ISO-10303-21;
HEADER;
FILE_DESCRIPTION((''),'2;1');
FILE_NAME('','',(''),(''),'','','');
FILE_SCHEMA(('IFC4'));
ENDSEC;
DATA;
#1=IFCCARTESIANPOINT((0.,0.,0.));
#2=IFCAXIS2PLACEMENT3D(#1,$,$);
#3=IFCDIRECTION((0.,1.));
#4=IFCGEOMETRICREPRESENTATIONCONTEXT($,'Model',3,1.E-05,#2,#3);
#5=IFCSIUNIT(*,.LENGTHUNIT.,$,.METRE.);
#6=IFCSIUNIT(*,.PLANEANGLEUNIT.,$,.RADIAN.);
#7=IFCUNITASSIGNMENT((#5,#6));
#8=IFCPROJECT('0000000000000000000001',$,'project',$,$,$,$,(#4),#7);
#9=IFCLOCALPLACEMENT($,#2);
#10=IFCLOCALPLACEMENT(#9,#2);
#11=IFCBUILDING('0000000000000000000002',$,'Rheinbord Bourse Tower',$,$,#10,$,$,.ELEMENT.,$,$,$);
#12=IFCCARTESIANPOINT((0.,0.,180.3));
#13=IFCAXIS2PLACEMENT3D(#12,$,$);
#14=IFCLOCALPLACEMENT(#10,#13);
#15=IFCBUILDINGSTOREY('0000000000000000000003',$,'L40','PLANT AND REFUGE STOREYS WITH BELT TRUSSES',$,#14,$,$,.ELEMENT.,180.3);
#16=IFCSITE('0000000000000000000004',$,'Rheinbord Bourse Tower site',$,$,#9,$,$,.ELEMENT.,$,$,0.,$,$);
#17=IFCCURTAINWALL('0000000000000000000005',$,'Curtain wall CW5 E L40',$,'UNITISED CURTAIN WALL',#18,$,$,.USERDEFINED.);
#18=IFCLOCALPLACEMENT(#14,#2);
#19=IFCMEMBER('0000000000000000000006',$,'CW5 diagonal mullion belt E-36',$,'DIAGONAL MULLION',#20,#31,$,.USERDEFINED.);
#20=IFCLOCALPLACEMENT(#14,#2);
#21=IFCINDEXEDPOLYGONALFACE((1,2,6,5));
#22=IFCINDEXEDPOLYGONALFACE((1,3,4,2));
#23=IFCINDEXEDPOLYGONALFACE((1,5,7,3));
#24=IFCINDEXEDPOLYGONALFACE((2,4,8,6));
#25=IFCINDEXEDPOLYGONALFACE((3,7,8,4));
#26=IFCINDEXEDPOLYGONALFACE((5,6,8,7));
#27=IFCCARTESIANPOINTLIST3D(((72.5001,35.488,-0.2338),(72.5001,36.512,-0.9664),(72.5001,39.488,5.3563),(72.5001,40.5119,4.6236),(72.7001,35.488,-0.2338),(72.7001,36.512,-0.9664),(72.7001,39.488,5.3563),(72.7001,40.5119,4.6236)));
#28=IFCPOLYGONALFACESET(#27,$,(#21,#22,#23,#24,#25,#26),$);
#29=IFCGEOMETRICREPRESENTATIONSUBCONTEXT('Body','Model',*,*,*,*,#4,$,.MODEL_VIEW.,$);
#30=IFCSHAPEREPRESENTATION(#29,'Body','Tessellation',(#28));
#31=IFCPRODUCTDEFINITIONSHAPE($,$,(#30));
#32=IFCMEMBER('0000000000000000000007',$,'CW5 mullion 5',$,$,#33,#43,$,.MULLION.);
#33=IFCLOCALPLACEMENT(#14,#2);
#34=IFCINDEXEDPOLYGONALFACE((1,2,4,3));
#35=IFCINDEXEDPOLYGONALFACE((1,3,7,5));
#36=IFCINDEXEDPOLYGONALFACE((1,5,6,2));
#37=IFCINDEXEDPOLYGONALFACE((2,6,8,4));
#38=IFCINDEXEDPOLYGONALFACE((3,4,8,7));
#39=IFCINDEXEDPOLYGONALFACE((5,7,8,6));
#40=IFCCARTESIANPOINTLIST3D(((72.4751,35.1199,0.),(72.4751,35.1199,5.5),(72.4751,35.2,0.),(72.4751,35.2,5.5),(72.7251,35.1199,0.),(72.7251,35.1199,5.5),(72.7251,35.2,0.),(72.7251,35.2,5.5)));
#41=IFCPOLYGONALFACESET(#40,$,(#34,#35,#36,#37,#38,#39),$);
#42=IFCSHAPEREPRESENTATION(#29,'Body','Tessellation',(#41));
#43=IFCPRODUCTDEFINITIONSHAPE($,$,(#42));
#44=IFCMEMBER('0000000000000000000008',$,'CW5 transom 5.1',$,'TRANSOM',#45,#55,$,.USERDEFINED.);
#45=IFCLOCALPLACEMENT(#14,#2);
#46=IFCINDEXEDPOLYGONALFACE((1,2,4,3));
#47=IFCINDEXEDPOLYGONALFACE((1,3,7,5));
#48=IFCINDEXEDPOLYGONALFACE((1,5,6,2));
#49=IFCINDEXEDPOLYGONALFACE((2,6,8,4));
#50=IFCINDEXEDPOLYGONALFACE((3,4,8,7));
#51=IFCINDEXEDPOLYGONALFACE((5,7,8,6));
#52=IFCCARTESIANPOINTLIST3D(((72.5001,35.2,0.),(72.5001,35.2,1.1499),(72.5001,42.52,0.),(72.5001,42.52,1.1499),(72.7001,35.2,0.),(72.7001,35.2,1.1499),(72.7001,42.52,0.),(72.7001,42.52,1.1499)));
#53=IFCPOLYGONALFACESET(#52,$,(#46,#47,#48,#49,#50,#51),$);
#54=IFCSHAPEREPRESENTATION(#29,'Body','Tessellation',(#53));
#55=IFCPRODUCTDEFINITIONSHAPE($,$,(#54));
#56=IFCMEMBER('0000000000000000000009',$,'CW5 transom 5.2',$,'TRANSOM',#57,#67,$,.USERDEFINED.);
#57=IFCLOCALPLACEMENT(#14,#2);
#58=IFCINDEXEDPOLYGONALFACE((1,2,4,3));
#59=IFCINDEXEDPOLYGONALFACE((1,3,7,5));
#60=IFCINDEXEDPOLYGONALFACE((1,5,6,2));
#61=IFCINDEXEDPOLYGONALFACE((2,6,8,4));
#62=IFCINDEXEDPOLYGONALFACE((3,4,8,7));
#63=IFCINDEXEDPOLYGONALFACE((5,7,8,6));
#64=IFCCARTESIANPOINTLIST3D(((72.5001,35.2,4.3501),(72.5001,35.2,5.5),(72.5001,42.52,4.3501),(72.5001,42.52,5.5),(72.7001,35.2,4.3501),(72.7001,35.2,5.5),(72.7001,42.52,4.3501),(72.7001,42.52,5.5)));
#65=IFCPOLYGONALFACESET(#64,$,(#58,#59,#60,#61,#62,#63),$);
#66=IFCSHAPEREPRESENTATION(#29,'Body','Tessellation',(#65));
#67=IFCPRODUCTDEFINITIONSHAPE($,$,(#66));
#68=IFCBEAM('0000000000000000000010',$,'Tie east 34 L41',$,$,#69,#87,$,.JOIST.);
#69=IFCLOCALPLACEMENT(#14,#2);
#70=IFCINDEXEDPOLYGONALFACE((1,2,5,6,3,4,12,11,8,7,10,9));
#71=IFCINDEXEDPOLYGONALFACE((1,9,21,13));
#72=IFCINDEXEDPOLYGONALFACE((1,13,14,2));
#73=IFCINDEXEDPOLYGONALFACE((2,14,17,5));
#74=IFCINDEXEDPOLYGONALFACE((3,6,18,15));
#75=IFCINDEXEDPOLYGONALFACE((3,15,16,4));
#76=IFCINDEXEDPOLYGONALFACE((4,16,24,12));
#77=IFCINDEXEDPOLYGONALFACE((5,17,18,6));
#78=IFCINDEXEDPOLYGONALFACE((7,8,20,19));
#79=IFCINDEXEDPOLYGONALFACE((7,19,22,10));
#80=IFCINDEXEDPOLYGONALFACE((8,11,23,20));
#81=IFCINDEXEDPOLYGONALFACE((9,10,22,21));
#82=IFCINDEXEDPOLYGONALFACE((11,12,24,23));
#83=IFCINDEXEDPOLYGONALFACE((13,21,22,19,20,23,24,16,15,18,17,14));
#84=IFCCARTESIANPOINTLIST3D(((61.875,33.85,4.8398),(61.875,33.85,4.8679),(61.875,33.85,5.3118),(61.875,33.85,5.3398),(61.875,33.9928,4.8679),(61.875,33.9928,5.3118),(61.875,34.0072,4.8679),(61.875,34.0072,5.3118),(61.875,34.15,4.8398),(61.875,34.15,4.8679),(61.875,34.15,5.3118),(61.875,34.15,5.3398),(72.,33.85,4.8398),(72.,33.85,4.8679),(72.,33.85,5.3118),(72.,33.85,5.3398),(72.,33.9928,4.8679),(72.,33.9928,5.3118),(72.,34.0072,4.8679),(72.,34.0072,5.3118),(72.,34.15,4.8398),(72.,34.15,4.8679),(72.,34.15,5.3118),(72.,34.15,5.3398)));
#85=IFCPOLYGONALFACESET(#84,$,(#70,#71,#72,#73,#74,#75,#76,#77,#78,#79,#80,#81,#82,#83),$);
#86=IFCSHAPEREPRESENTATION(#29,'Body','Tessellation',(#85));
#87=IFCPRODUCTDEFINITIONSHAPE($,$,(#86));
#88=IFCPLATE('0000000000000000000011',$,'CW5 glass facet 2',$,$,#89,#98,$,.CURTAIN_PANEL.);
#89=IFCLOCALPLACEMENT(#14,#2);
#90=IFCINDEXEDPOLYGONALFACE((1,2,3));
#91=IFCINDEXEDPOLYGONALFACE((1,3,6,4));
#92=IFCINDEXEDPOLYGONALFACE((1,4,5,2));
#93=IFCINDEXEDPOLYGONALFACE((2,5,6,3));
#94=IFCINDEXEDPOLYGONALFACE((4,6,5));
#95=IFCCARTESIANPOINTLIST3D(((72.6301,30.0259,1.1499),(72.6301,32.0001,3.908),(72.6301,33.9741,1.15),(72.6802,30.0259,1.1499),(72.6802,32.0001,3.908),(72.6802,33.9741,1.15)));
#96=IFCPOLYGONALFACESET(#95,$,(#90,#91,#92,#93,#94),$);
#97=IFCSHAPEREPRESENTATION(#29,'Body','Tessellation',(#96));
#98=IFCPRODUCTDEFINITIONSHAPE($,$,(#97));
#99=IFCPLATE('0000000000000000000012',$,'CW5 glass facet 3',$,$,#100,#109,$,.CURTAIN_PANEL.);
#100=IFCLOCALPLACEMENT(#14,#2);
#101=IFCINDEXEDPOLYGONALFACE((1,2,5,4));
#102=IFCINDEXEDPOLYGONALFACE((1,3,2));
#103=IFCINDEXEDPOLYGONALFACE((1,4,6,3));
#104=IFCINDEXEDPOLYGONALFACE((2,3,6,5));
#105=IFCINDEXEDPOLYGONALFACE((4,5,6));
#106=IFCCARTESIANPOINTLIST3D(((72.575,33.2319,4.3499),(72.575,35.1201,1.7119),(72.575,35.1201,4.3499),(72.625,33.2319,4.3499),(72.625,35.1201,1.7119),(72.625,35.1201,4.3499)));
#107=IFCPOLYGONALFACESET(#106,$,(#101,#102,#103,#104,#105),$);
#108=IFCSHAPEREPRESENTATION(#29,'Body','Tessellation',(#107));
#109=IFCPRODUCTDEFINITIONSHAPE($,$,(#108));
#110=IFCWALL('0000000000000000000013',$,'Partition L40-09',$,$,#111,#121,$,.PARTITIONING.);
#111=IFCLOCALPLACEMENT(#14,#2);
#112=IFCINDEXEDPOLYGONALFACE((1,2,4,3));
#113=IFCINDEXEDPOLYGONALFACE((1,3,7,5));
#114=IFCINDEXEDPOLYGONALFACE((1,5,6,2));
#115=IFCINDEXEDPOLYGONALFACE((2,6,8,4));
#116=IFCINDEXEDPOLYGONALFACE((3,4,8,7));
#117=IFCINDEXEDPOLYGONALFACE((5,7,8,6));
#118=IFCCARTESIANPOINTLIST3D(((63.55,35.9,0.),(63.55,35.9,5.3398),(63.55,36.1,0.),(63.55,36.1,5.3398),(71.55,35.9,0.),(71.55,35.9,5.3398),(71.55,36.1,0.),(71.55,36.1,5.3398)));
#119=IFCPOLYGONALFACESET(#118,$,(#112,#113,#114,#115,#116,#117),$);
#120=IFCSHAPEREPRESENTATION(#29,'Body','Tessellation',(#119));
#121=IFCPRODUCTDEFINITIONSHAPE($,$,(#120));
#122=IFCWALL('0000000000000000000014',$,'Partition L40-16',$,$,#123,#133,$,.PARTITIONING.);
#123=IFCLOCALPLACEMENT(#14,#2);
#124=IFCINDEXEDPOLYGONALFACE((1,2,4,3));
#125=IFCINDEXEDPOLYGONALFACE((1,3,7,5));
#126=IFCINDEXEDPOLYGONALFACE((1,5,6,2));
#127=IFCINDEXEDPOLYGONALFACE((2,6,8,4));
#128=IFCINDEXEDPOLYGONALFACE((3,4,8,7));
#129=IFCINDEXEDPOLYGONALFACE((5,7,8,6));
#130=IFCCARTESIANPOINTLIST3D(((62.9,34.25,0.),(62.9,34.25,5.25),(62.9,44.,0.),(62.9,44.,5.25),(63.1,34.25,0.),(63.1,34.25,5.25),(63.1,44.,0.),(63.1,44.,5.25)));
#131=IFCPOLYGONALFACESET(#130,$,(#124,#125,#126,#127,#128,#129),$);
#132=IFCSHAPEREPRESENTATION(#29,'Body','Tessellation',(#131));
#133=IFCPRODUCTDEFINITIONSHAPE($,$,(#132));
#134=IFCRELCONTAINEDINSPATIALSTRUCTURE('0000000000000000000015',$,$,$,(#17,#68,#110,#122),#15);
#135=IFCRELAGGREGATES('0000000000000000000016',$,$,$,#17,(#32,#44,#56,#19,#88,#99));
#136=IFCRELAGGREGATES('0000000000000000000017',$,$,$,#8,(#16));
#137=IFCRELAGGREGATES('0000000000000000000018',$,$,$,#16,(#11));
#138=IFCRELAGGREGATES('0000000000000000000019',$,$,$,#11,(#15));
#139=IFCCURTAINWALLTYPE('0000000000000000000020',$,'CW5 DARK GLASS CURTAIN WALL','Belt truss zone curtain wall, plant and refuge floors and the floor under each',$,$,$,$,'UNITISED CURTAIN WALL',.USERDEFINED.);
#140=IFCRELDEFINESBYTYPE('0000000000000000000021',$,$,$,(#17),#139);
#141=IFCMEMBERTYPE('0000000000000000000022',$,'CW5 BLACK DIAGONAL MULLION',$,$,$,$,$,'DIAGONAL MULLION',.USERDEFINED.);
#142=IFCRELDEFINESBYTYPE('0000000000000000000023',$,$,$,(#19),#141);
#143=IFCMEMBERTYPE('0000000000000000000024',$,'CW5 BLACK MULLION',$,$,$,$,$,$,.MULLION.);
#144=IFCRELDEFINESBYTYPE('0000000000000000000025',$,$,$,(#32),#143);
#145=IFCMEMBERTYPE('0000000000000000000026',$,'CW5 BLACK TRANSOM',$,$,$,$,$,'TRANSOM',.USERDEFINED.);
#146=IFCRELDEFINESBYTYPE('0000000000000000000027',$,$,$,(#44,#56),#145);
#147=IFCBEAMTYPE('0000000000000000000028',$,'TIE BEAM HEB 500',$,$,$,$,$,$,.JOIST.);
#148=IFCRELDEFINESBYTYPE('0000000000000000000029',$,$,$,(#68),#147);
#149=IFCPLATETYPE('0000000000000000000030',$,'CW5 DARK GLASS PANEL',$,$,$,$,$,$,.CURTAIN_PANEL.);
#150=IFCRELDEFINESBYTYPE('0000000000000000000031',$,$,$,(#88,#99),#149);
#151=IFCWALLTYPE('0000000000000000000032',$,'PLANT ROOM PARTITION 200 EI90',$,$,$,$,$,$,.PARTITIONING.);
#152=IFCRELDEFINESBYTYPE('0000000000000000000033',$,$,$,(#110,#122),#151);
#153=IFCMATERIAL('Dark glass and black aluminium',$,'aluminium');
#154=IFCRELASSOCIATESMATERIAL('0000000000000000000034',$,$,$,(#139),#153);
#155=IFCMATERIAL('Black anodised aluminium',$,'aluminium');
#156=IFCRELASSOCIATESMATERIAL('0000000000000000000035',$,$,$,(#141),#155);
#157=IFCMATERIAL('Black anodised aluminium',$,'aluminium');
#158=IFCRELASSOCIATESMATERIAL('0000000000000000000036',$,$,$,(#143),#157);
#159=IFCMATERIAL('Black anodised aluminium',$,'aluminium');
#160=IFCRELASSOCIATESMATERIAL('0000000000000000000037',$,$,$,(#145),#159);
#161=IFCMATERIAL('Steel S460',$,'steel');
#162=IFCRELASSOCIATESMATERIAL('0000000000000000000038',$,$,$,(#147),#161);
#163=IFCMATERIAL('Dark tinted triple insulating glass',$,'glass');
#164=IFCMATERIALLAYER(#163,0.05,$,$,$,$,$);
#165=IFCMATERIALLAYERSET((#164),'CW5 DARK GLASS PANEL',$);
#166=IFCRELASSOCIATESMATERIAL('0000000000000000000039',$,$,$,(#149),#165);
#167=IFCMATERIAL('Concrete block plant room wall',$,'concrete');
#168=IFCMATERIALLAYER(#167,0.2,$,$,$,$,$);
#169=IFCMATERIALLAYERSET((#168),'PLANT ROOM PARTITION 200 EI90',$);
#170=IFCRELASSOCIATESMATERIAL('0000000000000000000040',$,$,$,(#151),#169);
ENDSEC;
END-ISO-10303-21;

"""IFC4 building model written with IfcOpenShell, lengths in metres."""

from ifc_helpers import new_model, si_unit, direction, frame, frame_2d, origin, origin_2d, place, context, subcontext, project, spatial, polyline, rectangle, i_section, outline, extrude, material, layer, layer_set, material_profile, profile_set, type_object, element, aggregate, save


model = new_model("IFC4")

# Units and contexts
model_context = context("Model", 3, precision=1e-05, world=origin(), true_north=direction((0.0, 1.0)))
body_context = subcontext(model_context, "Body", "Model", "MODEL_VIEW")
ifc_project = project(units=[si_unit("LENGTHUNIT", "METRE"), si_unit("PLANEANGLEUNIT", "RADIAN")], contexts=[model_context])

# Site, building, storey
site_placement = place(None, origin())
site = spatial("IfcSite", under=ifc_project, at=site_placement, Name="Rheinbord Bourse Tower site", CompositionType="ELEMENT", RefElevation=0.0)
building_placement = place(site_placement, origin())
building = spatial("IfcBuilding", under=site, at=building_placement, Name="Rheinbord Bourse Tower", CompositionType="ELEMENT")
storey_placement = place(building_placement, frame((0.0, 0.0, 180.3)))
storey = spatial("IfcBuildingStorey", under=building, at=storey_placement, Name="L40", Description="PLANT AND REFUGE STOREYS WITH BELT TRUSSES", CompositionType="ELEMENT", Elevation=180.3)

# Curtain wall, members
ifc_material_1 = material(Name="Dark glass and black aluminium", Category="aluminium")
curtain_wall_type = type_object("IfcCurtainWallType", Name="CW5 DARK GLASS CURTAIN WALL", Description="Belt truss zone curtain wall, plant and refuge floors and the floor under each", ElementType="UNITISED CURTAIN WALL", PredefinedType="USERDEFINED", material=ifc_material_1)
curtain_wall_placement = place(storey_placement, origin())
curtain_wall = element("IfcCurtainWall", 1, at=curtain_wall_placement, inside=storey, type_object=curtain_wall_type, Name="Curtain wall CW5 E L40", ObjectType="UNITISED CURTAIN WALL", PredefinedType="USERDEFINED")
ifc_material_2 = material(Name="Black anodised aluminium", Category="aluminium")
ifc_material_profile_1 = material_profile(ifc_material_2, rectangle(XDim=0.2, YDim=1.259, at=origin_2d()), Name="CW5 DIAGONAL MULLION 1259x200")
ifc_profile_set_1 = profile_set([ifc_material_profile_1], Name="Black anodised aluminium")
member_type_1 = type_object("IfcMemberType", Name="CW5 BLACK DIAGONAL MULLION", ElementType="DIAGONAL MULLION", PredefinedType="USERDEFINED", material=ifc_profile_set_1)
member_1_placement = place(storey_placement, frame((72.6001, 36.0, -0.6001), z_axis=(0.0, 0.58192, 0.813246), x_axis=(-1.0, 0.0, 0.0)))
member_1 = element("IfcMember", 2, at=member_1_placement, type_object=member_type_1, Name="CW5 diagonal mullion belt E-36", ObjectType="DIAGONAL MULLION", PredefinedType="USERDEFINED", context=body_context, shape_type="SweptSolid", body=[
    extrude(rectangle(XDim=0.2, YDim=1.259, at=origin_2d()), origin(), (0.0, 0.0, 1.0), 6.8738),
])
ifc_material_3 = material(Name="Black anodised aluminium", Category="aluminium")
ifc_material_profile_2 = material_profile(ifc_material_3, rectangle(XDim=0.25, YDim=0.0801, at=origin_2d()), Name="CW5 MULLION 80x250")
ifc_profile_set_2 = profile_set([ifc_material_profile_2], Name="Black anodised aluminium")
member_type_2 = type_object("IfcMemberType", Name="CW5 BLACK MULLION", PredefinedType="MULLION", material=ifc_profile_set_2)
member_2_placement = place(storey_placement, frame((72.6001, 35.1599, 0.0), z_axis=(0.0, 0.0, 1.0), x_axis=(-1.0, 0.0, 0.0)))
member_2 = element("IfcMember", 3, at=member_2_placement, type_object=member_type_2, Name="CW5 mullion 5", PredefinedType="MULLION", context=body_context, shape_type="SweptSolid", body=[
    extrude(rectangle(XDim=0.25, YDim=0.0801, at=origin_2d()), origin(), (0.0, 0.0, 1.0), 5.5),
])
ifc_material_4 = material(Name="Black anodised aluminium", Category="aluminium")
ifc_material_profile_3 = material_profile(ifc_material_4, rectangle(XDim=0.2, YDim=1.1499, at=origin_2d()), Name="CW5 TRANSOM 1150x200")
ifc_profile_set_3 = profile_set([ifc_material_profile_3], Name="Black anodised aluminium")
member_type_3 = type_object("IfcMemberType", Name="CW5 BLACK TRANSOM", ElementType="TRANSOM", PredefinedType="USERDEFINED", material=ifc_profile_set_3)
member_3_placement = place(storey_placement, frame((72.6001, 35.2, 0.575), z_axis=(0.0, 1.0, 0.0), x_axis=(-1.0, 0.0, 0.0)))
member_3 = element("IfcMember", 4, at=member_3_placement, type_object=member_type_3, Name="CW5 transom 5.1", ObjectType="TRANSOM", PredefinedType="USERDEFINED", context=body_context, shape_type="SweptSolid", body=[
    extrude(rectangle(XDim=0.2, YDim=1.1499, at=origin_2d()), origin(), (0.0, 0.0, 1.0), 7.3201),
])
member_4_placement = place(storey_placement, frame((72.6001, 35.2, 4.925), z_axis=(0.0, 1.0, 0.0), x_axis=(-1.0, 0.0, 0.0)))
member_4 = element("IfcMember", 5, at=member_4_placement, type_object=member_type_3, Name="CW5 transom 5.2", ObjectType="TRANSOM", PredefinedType="USERDEFINED", context=body_context, shape_type="SweptSolid", body=[
    extrude(rectangle(XDim=0.2, YDim=1.1499, at=origin_2d()), origin(), (0.0, 0.0, 1.0), 7.3201),
])

# Beam
ifc_material_5 = material(Name="Steel S460", Category="steel")
ifc_material_profile_4 = material_profile(ifc_material_5, i_section(OverallWidth=0.3, OverallDepth=0.5, WebThickness=0.0144, FlangeThickness=0.0281, at=origin_2d()), Name="HEB 500")
ifc_profile_set_4 = profile_set([ifc_material_profile_4], Name="Steel S460")
beam_type_1 = type_object("IfcBeamType", Name="TIE BEAM HEB 500", PredefinedType="JOIST", material=ifc_profile_set_4)
beam_placement = place(storey_placement, frame((61.875, 34.0, 5.0898), z_axis=(1.0, 0.0, 0.0), x_axis=(0.0, 1.0, 0.0)))
element("IfcBeam", 6, at=beam_placement, inside=storey, type_object=beam_type_1, Name="Tie east 34 L41", PredefinedType="JOIST", context=body_context, shape_type="SweptSolid", body=[
    extrude(i_section(OverallWidth=0.3, OverallDepth=0.5, WebThickness=0.0144, FlangeThickness=0.0281, at=origin_2d()), origin(), (0.0, 0.0, 1.0), 10.125),
])

# Plates
ifc_material_6 = material(Name="Dark tinted triple insulating glass", Category="glass")
ifc_layer_1 = layer(ifc_material_6, 0.05)
ifc_layer_set_1 = layer_set([ifc_layer_1], Name="CW5 DARK GLASS PANEL")
plate_type = type_object("IfcPlateType", Name="CW5 DARK GLASS PANEL", PredefinedType="CURTAIN_PANEL", material=ifc_layer_set_1)
plate_1_placement = place(storey_placement, frame((72.6802, 30.0259, 1.1499), z_axis=(-1.0, 0.0, 0.0), x_axis=(0.0, 0.582035, 0.813164)))
plate_1 = element("IfcPlate", 7, at=plate_1_placement, type_object=plate_type, Name="CW5 glass facet 2", PredefinedType="CURTAIN_PANEL", context=body_context, shape_type="SweptSolid", body=[
    extrude(outline(polyline([(0.0, 0.0), (3.3918, 0.0), (2.2981, 3.2104), (0.0, 0.0)])), origin(), (0.0, 0.0, 1.0), 0.05),
])
plate_2_placement = place(storey_placement, frame((72.625, 35.1201, 4.3499), z_axis=(-1.0, 0.0, 0.0), x_axis=(0.0, 0.0, -1.0)))
plate_2 = element("IfcPlate", 8, at=plate_2_placement, type_object=plate_type, Name="CW5 glass facet 3", PredefinedType="CURTAIN_PANEL", context=body_context, shape_type="SweptSolid", body=[
    extrude(outline(polyline([(0.0, 0.0), (2.6379, 0.0), (0.0, 1.8882), (0.0, 0.0)])), origin(), (0.0, 0.0, 1.0), 0.05),
])
aggregate(curtain_wall, [member_2, member_3, member_4, member_1, plate_1, plate_2])

# Walls
ifc_material_7 = material(Name="Concrete block plant room wall", Category="concrete")
ifc_layer_2 = layer(ifc_material_7, 0.2)
ifc_layer_set_2 = layer_set([ifc_layer_2], Name="PLANT ROOM PARTITION 200 EI90")
wall_type = type_object("IfcWallType", Name="PLANT ROOM PARTITION 200 EI90", PredefinedType="PARTITIONING", material=ifc_layer_set_2)
wall_1_placement = place(storey_placement, frame((63.55, 36.0, 0.0), z_axis=(0.0, 0.0, 1.0), x_axis=(1.0, 0.0, 0.0)))
element("IfcWall", 9, at=wall_1_placement, inside=storey, type_object=wall_type, Name="Partition L40-09", PredefinedType="PARTITIONING", context=body_context, shape_type="SweptSolid", body=[
    extrude(rectangle(XDim=8.0, YDim=0.2, at=frame_2d((4.0, 0.0))), origin(), (0.0, 0.0, 1.0), 5.3398),
])
wall_2_placement = place(storey_placement, frame((63.0, 34.25, 0.0), z_axis=(0.0, 0.0, 1.0), x_axis=(0.0, 1.0, 0.0)))
element("IfcWall", 10, at=wall_2_placement, inside=storey, type_object=wall_type, Name="Partition L40-16", PredefinedType="PARTITIONING", context=body_context, shape_type="SweptSolid", body=[
    extrude(rectangle(XDim=9.75, YDim=0.2, at=frame_2d((4.875, 0.0))), origin(), (0.0, 0.0, 1.0), 5.25),
])

save(model, "model.ifc")
